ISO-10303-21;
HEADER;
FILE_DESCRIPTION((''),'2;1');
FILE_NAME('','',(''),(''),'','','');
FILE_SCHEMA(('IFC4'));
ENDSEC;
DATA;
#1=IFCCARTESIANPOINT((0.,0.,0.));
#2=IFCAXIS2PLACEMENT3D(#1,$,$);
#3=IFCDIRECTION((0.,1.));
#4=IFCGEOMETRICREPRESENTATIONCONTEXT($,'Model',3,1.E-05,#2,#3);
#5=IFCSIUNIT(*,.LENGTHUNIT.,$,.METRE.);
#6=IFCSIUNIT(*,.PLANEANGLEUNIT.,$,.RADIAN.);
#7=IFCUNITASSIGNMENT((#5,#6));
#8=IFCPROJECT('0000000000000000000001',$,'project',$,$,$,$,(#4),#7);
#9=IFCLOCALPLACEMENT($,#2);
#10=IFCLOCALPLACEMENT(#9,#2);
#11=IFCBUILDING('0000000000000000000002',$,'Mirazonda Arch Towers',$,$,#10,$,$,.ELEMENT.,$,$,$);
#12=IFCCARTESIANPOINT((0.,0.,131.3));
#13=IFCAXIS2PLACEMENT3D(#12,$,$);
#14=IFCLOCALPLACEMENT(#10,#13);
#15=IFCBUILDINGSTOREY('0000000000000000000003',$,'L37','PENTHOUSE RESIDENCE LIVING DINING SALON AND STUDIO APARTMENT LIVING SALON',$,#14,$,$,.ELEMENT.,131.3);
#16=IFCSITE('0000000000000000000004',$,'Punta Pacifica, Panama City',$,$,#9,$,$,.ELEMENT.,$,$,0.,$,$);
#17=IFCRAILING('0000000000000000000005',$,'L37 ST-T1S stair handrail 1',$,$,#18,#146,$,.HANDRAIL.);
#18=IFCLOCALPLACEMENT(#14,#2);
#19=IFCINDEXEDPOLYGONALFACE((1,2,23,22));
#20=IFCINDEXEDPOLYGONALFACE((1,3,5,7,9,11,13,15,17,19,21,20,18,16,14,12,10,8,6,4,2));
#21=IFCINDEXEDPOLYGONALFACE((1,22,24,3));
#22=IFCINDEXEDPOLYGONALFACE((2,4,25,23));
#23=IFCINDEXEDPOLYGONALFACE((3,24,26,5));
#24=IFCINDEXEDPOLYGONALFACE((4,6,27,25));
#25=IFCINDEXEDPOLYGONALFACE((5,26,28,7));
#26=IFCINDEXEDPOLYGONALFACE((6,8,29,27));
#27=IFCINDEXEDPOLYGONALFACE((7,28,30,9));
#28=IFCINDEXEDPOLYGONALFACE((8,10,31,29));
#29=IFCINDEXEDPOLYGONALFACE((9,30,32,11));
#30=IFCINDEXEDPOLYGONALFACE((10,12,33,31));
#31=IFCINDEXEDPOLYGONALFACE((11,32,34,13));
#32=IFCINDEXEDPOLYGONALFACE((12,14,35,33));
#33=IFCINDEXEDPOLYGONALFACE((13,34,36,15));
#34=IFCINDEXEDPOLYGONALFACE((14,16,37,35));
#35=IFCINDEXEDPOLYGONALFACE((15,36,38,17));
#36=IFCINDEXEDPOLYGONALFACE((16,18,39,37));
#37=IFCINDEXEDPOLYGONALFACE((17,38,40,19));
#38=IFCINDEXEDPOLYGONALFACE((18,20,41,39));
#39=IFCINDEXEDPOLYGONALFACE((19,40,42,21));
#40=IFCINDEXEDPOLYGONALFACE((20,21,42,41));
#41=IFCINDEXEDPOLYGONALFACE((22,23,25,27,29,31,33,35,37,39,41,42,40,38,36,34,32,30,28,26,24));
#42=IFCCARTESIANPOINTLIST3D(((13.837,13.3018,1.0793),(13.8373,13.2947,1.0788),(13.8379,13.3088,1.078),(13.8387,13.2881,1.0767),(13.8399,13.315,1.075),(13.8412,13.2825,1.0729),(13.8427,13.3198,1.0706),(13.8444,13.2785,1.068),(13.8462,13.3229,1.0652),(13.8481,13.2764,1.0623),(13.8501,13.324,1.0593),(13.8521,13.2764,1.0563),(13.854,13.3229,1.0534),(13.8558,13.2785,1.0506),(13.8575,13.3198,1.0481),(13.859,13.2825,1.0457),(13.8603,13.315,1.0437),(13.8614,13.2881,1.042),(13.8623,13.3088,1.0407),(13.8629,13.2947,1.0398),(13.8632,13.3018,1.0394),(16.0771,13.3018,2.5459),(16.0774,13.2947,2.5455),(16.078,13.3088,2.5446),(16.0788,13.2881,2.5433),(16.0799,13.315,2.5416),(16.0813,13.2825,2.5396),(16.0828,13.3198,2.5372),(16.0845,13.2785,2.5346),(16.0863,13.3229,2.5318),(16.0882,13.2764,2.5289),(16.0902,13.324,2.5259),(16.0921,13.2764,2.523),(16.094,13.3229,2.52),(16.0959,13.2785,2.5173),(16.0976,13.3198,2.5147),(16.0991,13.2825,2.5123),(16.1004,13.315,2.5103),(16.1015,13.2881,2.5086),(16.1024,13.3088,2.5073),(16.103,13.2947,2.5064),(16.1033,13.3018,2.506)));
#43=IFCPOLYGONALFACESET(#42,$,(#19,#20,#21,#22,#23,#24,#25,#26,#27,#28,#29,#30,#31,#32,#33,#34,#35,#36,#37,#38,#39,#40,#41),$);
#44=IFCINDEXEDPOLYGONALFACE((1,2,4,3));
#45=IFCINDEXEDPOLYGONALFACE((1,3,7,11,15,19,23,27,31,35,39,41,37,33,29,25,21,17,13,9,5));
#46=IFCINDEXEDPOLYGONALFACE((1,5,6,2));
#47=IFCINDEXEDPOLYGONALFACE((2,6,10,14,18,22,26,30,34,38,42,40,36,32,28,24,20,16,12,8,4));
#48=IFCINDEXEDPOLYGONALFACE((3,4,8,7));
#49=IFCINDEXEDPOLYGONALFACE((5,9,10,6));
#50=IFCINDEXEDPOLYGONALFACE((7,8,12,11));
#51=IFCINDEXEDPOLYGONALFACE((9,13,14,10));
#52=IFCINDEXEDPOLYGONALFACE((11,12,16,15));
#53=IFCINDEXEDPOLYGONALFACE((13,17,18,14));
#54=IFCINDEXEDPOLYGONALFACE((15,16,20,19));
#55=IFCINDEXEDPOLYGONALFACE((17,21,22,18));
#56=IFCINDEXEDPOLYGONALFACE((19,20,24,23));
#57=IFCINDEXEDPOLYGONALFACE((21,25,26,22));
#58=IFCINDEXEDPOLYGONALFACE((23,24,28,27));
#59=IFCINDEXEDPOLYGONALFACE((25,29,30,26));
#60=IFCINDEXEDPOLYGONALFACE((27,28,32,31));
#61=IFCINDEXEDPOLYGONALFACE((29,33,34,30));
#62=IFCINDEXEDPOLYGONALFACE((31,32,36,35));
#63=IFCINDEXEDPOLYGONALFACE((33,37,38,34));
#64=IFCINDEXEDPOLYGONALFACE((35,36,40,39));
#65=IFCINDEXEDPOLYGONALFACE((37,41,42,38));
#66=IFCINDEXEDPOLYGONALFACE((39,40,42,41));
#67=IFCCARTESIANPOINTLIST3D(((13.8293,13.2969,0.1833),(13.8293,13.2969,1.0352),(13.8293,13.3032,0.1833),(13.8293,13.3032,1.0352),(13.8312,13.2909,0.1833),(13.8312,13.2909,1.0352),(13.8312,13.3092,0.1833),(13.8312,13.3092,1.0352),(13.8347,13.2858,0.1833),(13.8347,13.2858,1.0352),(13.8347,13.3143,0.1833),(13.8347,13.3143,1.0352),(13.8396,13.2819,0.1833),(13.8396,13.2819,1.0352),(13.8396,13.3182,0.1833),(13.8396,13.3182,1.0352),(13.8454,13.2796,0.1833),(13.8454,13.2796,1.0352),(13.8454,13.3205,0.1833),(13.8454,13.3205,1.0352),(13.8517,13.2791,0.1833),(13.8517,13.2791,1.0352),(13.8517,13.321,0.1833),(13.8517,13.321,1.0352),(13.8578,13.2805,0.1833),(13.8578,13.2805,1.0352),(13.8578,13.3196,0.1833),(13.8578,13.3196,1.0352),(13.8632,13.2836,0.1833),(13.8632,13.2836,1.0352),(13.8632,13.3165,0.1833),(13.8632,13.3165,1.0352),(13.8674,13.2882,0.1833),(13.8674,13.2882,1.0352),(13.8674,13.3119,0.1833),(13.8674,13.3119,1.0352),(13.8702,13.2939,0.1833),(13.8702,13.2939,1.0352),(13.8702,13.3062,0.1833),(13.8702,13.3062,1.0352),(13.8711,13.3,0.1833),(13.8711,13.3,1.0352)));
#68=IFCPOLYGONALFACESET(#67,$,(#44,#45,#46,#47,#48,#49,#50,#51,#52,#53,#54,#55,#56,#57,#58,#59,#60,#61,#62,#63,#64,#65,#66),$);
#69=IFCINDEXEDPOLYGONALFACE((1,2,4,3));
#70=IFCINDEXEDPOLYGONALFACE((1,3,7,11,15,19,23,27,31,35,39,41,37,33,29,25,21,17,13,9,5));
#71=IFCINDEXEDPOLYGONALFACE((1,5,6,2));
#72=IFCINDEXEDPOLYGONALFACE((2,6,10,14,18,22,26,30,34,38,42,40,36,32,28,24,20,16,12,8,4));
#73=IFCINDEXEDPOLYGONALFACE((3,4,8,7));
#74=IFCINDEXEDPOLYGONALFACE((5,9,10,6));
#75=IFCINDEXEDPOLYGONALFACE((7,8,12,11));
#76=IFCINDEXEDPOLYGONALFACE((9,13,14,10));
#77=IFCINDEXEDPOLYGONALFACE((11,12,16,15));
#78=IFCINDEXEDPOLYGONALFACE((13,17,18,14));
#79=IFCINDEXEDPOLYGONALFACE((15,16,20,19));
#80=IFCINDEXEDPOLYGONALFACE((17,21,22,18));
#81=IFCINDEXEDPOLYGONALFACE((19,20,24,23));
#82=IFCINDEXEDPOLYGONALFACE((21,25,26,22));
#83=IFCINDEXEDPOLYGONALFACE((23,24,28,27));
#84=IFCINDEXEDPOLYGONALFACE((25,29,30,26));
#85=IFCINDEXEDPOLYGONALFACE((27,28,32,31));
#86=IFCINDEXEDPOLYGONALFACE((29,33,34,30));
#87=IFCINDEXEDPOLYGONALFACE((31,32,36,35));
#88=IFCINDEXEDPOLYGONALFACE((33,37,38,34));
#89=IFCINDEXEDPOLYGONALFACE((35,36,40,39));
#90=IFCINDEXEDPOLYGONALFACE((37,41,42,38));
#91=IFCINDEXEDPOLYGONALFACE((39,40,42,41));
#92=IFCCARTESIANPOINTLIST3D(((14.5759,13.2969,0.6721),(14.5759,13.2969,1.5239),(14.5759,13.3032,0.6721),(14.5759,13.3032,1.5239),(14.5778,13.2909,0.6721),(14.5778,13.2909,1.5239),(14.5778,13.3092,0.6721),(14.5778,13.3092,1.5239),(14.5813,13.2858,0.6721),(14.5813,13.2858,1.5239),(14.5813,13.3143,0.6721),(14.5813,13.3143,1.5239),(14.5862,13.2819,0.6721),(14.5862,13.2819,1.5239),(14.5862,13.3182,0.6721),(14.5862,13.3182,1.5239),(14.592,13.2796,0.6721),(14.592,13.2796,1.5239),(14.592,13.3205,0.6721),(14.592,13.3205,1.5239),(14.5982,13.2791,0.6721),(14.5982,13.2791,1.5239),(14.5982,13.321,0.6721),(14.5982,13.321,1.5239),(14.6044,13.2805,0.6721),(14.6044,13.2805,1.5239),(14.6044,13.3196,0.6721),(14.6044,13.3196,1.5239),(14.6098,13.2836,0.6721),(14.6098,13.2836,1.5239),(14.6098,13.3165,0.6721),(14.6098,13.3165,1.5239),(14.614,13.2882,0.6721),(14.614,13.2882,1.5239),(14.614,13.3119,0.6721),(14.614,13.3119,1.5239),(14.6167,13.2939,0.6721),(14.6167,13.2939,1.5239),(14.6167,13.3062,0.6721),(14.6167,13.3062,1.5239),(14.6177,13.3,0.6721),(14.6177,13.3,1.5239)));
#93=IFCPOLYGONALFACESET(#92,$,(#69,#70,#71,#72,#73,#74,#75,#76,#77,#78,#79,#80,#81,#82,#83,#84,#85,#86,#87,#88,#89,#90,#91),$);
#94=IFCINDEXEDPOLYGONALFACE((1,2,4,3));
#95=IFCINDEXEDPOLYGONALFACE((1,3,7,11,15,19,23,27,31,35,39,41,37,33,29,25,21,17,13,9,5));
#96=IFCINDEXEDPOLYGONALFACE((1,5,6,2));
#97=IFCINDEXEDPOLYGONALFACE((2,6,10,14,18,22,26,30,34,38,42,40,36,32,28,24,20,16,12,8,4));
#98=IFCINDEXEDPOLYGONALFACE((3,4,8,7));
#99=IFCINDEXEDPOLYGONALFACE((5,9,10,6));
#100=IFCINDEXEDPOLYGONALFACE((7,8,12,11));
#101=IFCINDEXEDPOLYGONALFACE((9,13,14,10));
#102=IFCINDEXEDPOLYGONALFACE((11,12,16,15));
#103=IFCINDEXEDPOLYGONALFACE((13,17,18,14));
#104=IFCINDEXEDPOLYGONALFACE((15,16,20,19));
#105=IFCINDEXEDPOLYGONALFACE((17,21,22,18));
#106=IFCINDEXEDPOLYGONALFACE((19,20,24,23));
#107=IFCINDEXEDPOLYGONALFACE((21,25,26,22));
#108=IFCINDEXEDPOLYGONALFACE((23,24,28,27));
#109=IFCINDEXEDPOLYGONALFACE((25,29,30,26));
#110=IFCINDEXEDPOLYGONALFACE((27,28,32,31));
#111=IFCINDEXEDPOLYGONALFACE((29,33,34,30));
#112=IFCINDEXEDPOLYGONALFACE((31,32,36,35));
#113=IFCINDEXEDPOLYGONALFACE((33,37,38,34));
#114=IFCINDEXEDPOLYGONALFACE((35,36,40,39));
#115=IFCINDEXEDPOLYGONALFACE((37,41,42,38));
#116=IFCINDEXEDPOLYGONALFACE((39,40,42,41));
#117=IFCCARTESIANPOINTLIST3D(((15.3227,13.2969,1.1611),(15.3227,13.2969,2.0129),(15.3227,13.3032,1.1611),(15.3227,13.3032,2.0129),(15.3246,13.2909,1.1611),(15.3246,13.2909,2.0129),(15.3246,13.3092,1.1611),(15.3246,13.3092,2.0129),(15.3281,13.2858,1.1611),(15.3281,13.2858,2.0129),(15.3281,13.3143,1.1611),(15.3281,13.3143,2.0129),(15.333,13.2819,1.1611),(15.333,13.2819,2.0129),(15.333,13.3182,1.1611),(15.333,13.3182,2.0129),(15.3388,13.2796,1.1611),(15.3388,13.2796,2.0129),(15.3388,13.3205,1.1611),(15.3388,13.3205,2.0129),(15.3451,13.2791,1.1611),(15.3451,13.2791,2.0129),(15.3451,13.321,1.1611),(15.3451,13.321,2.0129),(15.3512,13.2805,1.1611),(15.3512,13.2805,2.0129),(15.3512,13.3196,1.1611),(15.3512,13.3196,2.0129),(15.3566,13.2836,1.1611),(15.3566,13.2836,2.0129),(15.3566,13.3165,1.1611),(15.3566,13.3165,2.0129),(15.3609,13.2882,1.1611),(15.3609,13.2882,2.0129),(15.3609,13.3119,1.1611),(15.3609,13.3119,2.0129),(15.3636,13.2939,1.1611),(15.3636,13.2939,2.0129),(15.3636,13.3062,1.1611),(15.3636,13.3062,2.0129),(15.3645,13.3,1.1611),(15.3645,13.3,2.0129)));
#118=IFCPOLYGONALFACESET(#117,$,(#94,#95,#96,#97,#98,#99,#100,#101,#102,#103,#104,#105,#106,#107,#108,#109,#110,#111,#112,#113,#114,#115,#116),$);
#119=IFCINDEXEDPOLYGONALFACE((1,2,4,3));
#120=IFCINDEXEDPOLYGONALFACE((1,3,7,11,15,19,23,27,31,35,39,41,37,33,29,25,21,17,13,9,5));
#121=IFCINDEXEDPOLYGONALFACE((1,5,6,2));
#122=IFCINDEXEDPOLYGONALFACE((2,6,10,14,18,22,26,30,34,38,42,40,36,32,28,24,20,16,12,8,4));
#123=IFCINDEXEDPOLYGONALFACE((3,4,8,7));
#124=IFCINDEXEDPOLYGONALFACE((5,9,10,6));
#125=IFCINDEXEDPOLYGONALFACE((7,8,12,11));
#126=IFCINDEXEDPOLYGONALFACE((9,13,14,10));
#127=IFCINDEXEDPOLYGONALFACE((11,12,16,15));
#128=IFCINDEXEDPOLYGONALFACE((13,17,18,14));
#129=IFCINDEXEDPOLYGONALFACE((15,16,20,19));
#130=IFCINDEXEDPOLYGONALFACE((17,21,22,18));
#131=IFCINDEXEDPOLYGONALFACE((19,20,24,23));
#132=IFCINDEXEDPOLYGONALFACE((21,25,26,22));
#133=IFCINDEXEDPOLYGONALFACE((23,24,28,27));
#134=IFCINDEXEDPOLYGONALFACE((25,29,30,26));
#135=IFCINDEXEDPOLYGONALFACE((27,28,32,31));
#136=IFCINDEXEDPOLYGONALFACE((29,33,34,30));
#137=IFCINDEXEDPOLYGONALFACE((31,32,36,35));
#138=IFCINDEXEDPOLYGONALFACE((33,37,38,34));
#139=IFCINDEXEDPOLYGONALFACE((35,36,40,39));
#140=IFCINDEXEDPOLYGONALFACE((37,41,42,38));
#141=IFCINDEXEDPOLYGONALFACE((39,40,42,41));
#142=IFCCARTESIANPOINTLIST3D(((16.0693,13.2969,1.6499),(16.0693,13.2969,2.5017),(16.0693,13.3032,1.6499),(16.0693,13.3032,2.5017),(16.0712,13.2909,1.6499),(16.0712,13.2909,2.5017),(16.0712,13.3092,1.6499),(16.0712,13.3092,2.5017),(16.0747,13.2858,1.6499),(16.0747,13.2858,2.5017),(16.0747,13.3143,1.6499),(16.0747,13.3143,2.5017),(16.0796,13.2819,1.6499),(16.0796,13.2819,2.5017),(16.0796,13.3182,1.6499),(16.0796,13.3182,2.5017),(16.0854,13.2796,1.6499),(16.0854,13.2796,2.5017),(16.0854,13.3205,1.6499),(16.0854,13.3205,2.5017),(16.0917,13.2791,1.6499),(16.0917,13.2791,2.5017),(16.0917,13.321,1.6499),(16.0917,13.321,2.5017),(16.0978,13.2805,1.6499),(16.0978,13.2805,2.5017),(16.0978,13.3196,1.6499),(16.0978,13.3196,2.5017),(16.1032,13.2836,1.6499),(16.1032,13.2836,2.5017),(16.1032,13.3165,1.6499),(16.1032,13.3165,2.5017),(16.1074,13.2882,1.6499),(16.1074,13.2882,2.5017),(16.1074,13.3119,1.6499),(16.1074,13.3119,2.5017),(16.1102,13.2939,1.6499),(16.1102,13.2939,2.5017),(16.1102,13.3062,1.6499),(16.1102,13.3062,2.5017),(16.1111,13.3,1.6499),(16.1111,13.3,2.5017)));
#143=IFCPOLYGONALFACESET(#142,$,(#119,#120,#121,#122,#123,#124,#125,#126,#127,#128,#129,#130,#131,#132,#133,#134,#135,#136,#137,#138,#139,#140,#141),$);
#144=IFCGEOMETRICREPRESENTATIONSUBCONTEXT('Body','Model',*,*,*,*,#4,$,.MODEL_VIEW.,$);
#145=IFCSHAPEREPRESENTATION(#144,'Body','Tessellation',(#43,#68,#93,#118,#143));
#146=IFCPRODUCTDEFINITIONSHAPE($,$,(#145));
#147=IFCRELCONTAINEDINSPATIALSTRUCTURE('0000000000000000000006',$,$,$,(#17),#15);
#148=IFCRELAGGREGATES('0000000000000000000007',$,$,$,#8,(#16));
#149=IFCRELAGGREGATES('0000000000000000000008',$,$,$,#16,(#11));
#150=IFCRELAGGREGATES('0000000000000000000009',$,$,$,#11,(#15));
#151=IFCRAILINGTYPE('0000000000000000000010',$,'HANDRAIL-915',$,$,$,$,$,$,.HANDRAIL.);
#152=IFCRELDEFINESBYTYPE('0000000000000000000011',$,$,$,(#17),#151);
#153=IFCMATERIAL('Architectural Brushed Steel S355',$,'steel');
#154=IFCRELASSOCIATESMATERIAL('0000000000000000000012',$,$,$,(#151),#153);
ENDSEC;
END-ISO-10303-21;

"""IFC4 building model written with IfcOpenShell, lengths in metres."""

from ifc_helpers import new_model, si_unit, direction, frame, origin, origin_2d, place, context, subcontext, project, spatial, circle, extrude, material, type_object, element, save


model = new_model("IFC4")

# Units and contexts
model_context = context("Model", 3, precision=1e-05, world=origin(), true_north=direction((0.0, 1.0)))
body_context = subcontext(model_context, "Body", "Model", "MODEL_VIEW")
ifc_project = project(units=[si_unit("LENGTHUNIT", "METRE"), si_unit("PLANEANGLEUNIT", "RADIAN")], contexts=[model_context])

# Site, building, storey
site_placement = place(None, origin())
site = spatial("IfcSite", under=ifc_project, at=site_placement, Name="Punta Pacifica, Panama City", CompositionType="ELEMENT", RefElevation=0.0)
building_placement = place(site_placement, origin())
building = spatial("IfcBuilding", under=site, at=building_placement, Name="Mirazonda Arch Towers", CompositionType="ELEMENT")
storey_placement = place(building_placement, frame((0.0, 0.0, 131.3)))
storey = spatial("IfcBuildingStorey", under=building, at=storey_placement, Name="L37", Description="PENTHOUSE RESIDENCE LIVING DINING SALON AND STUDIO APARTMENT LIVING SALON", CompositionType="ELEMENT", Elevation=131.3)

# Shared definitions
ifc_material_1 = material(Name="Architectural Brushed Steel S355", Category="steel")

# Railing
railing_type_1 = type_object("IfcRailingType", Name="HANDRAIL-915", PredefinedType="HANDRAIL", material=ifc_material_1)
railing_1_placement = place(storey_placement, frame((13.8501, 13.3, 0.1833)))
element("IfcRailing", 1, at=railing_1_placement, inside=storey, type_object=railing_type_1, Name="L37 ST-T1S stair handrail 1", PredefinedType="HANDRAIL", context=body_context, shape_type="SweptSolid", body=[
    extrude(circle(Radius=0.0239, at=origin_2d()), frame((0.0, 0.0, 0.876), z_axis=(0.836637, 0.0, 0.547758), x_axis=(0.0, 1.0, 0.0)), (0.0, 0.0, 1.0), 2.6775),
    extrude(circle(Radius=0.021, at=origin_2d()), origin(), (0.0, 0.0, 1.0), 0.8518),
    extrude(circle(Radius=0.021, at=origin_2d()), frame((0.7466, 0.0, 0.4888)), (0.0, 0.0, 1.0), 0.8518),
    extrude(circle(Radius=0.021, at=origin_2d()), frame((1.4934, 0.0, 0.9778)), (0.0, 0.0, 1.0), 0.8518),
    extrude(circle(Radius=0.021, at=origin_2d()), frame((2.24, 0.0, 1.4666)), (0.0, 0.0, 1.0), 0.8518),
])

save(model, "model.ifc")
